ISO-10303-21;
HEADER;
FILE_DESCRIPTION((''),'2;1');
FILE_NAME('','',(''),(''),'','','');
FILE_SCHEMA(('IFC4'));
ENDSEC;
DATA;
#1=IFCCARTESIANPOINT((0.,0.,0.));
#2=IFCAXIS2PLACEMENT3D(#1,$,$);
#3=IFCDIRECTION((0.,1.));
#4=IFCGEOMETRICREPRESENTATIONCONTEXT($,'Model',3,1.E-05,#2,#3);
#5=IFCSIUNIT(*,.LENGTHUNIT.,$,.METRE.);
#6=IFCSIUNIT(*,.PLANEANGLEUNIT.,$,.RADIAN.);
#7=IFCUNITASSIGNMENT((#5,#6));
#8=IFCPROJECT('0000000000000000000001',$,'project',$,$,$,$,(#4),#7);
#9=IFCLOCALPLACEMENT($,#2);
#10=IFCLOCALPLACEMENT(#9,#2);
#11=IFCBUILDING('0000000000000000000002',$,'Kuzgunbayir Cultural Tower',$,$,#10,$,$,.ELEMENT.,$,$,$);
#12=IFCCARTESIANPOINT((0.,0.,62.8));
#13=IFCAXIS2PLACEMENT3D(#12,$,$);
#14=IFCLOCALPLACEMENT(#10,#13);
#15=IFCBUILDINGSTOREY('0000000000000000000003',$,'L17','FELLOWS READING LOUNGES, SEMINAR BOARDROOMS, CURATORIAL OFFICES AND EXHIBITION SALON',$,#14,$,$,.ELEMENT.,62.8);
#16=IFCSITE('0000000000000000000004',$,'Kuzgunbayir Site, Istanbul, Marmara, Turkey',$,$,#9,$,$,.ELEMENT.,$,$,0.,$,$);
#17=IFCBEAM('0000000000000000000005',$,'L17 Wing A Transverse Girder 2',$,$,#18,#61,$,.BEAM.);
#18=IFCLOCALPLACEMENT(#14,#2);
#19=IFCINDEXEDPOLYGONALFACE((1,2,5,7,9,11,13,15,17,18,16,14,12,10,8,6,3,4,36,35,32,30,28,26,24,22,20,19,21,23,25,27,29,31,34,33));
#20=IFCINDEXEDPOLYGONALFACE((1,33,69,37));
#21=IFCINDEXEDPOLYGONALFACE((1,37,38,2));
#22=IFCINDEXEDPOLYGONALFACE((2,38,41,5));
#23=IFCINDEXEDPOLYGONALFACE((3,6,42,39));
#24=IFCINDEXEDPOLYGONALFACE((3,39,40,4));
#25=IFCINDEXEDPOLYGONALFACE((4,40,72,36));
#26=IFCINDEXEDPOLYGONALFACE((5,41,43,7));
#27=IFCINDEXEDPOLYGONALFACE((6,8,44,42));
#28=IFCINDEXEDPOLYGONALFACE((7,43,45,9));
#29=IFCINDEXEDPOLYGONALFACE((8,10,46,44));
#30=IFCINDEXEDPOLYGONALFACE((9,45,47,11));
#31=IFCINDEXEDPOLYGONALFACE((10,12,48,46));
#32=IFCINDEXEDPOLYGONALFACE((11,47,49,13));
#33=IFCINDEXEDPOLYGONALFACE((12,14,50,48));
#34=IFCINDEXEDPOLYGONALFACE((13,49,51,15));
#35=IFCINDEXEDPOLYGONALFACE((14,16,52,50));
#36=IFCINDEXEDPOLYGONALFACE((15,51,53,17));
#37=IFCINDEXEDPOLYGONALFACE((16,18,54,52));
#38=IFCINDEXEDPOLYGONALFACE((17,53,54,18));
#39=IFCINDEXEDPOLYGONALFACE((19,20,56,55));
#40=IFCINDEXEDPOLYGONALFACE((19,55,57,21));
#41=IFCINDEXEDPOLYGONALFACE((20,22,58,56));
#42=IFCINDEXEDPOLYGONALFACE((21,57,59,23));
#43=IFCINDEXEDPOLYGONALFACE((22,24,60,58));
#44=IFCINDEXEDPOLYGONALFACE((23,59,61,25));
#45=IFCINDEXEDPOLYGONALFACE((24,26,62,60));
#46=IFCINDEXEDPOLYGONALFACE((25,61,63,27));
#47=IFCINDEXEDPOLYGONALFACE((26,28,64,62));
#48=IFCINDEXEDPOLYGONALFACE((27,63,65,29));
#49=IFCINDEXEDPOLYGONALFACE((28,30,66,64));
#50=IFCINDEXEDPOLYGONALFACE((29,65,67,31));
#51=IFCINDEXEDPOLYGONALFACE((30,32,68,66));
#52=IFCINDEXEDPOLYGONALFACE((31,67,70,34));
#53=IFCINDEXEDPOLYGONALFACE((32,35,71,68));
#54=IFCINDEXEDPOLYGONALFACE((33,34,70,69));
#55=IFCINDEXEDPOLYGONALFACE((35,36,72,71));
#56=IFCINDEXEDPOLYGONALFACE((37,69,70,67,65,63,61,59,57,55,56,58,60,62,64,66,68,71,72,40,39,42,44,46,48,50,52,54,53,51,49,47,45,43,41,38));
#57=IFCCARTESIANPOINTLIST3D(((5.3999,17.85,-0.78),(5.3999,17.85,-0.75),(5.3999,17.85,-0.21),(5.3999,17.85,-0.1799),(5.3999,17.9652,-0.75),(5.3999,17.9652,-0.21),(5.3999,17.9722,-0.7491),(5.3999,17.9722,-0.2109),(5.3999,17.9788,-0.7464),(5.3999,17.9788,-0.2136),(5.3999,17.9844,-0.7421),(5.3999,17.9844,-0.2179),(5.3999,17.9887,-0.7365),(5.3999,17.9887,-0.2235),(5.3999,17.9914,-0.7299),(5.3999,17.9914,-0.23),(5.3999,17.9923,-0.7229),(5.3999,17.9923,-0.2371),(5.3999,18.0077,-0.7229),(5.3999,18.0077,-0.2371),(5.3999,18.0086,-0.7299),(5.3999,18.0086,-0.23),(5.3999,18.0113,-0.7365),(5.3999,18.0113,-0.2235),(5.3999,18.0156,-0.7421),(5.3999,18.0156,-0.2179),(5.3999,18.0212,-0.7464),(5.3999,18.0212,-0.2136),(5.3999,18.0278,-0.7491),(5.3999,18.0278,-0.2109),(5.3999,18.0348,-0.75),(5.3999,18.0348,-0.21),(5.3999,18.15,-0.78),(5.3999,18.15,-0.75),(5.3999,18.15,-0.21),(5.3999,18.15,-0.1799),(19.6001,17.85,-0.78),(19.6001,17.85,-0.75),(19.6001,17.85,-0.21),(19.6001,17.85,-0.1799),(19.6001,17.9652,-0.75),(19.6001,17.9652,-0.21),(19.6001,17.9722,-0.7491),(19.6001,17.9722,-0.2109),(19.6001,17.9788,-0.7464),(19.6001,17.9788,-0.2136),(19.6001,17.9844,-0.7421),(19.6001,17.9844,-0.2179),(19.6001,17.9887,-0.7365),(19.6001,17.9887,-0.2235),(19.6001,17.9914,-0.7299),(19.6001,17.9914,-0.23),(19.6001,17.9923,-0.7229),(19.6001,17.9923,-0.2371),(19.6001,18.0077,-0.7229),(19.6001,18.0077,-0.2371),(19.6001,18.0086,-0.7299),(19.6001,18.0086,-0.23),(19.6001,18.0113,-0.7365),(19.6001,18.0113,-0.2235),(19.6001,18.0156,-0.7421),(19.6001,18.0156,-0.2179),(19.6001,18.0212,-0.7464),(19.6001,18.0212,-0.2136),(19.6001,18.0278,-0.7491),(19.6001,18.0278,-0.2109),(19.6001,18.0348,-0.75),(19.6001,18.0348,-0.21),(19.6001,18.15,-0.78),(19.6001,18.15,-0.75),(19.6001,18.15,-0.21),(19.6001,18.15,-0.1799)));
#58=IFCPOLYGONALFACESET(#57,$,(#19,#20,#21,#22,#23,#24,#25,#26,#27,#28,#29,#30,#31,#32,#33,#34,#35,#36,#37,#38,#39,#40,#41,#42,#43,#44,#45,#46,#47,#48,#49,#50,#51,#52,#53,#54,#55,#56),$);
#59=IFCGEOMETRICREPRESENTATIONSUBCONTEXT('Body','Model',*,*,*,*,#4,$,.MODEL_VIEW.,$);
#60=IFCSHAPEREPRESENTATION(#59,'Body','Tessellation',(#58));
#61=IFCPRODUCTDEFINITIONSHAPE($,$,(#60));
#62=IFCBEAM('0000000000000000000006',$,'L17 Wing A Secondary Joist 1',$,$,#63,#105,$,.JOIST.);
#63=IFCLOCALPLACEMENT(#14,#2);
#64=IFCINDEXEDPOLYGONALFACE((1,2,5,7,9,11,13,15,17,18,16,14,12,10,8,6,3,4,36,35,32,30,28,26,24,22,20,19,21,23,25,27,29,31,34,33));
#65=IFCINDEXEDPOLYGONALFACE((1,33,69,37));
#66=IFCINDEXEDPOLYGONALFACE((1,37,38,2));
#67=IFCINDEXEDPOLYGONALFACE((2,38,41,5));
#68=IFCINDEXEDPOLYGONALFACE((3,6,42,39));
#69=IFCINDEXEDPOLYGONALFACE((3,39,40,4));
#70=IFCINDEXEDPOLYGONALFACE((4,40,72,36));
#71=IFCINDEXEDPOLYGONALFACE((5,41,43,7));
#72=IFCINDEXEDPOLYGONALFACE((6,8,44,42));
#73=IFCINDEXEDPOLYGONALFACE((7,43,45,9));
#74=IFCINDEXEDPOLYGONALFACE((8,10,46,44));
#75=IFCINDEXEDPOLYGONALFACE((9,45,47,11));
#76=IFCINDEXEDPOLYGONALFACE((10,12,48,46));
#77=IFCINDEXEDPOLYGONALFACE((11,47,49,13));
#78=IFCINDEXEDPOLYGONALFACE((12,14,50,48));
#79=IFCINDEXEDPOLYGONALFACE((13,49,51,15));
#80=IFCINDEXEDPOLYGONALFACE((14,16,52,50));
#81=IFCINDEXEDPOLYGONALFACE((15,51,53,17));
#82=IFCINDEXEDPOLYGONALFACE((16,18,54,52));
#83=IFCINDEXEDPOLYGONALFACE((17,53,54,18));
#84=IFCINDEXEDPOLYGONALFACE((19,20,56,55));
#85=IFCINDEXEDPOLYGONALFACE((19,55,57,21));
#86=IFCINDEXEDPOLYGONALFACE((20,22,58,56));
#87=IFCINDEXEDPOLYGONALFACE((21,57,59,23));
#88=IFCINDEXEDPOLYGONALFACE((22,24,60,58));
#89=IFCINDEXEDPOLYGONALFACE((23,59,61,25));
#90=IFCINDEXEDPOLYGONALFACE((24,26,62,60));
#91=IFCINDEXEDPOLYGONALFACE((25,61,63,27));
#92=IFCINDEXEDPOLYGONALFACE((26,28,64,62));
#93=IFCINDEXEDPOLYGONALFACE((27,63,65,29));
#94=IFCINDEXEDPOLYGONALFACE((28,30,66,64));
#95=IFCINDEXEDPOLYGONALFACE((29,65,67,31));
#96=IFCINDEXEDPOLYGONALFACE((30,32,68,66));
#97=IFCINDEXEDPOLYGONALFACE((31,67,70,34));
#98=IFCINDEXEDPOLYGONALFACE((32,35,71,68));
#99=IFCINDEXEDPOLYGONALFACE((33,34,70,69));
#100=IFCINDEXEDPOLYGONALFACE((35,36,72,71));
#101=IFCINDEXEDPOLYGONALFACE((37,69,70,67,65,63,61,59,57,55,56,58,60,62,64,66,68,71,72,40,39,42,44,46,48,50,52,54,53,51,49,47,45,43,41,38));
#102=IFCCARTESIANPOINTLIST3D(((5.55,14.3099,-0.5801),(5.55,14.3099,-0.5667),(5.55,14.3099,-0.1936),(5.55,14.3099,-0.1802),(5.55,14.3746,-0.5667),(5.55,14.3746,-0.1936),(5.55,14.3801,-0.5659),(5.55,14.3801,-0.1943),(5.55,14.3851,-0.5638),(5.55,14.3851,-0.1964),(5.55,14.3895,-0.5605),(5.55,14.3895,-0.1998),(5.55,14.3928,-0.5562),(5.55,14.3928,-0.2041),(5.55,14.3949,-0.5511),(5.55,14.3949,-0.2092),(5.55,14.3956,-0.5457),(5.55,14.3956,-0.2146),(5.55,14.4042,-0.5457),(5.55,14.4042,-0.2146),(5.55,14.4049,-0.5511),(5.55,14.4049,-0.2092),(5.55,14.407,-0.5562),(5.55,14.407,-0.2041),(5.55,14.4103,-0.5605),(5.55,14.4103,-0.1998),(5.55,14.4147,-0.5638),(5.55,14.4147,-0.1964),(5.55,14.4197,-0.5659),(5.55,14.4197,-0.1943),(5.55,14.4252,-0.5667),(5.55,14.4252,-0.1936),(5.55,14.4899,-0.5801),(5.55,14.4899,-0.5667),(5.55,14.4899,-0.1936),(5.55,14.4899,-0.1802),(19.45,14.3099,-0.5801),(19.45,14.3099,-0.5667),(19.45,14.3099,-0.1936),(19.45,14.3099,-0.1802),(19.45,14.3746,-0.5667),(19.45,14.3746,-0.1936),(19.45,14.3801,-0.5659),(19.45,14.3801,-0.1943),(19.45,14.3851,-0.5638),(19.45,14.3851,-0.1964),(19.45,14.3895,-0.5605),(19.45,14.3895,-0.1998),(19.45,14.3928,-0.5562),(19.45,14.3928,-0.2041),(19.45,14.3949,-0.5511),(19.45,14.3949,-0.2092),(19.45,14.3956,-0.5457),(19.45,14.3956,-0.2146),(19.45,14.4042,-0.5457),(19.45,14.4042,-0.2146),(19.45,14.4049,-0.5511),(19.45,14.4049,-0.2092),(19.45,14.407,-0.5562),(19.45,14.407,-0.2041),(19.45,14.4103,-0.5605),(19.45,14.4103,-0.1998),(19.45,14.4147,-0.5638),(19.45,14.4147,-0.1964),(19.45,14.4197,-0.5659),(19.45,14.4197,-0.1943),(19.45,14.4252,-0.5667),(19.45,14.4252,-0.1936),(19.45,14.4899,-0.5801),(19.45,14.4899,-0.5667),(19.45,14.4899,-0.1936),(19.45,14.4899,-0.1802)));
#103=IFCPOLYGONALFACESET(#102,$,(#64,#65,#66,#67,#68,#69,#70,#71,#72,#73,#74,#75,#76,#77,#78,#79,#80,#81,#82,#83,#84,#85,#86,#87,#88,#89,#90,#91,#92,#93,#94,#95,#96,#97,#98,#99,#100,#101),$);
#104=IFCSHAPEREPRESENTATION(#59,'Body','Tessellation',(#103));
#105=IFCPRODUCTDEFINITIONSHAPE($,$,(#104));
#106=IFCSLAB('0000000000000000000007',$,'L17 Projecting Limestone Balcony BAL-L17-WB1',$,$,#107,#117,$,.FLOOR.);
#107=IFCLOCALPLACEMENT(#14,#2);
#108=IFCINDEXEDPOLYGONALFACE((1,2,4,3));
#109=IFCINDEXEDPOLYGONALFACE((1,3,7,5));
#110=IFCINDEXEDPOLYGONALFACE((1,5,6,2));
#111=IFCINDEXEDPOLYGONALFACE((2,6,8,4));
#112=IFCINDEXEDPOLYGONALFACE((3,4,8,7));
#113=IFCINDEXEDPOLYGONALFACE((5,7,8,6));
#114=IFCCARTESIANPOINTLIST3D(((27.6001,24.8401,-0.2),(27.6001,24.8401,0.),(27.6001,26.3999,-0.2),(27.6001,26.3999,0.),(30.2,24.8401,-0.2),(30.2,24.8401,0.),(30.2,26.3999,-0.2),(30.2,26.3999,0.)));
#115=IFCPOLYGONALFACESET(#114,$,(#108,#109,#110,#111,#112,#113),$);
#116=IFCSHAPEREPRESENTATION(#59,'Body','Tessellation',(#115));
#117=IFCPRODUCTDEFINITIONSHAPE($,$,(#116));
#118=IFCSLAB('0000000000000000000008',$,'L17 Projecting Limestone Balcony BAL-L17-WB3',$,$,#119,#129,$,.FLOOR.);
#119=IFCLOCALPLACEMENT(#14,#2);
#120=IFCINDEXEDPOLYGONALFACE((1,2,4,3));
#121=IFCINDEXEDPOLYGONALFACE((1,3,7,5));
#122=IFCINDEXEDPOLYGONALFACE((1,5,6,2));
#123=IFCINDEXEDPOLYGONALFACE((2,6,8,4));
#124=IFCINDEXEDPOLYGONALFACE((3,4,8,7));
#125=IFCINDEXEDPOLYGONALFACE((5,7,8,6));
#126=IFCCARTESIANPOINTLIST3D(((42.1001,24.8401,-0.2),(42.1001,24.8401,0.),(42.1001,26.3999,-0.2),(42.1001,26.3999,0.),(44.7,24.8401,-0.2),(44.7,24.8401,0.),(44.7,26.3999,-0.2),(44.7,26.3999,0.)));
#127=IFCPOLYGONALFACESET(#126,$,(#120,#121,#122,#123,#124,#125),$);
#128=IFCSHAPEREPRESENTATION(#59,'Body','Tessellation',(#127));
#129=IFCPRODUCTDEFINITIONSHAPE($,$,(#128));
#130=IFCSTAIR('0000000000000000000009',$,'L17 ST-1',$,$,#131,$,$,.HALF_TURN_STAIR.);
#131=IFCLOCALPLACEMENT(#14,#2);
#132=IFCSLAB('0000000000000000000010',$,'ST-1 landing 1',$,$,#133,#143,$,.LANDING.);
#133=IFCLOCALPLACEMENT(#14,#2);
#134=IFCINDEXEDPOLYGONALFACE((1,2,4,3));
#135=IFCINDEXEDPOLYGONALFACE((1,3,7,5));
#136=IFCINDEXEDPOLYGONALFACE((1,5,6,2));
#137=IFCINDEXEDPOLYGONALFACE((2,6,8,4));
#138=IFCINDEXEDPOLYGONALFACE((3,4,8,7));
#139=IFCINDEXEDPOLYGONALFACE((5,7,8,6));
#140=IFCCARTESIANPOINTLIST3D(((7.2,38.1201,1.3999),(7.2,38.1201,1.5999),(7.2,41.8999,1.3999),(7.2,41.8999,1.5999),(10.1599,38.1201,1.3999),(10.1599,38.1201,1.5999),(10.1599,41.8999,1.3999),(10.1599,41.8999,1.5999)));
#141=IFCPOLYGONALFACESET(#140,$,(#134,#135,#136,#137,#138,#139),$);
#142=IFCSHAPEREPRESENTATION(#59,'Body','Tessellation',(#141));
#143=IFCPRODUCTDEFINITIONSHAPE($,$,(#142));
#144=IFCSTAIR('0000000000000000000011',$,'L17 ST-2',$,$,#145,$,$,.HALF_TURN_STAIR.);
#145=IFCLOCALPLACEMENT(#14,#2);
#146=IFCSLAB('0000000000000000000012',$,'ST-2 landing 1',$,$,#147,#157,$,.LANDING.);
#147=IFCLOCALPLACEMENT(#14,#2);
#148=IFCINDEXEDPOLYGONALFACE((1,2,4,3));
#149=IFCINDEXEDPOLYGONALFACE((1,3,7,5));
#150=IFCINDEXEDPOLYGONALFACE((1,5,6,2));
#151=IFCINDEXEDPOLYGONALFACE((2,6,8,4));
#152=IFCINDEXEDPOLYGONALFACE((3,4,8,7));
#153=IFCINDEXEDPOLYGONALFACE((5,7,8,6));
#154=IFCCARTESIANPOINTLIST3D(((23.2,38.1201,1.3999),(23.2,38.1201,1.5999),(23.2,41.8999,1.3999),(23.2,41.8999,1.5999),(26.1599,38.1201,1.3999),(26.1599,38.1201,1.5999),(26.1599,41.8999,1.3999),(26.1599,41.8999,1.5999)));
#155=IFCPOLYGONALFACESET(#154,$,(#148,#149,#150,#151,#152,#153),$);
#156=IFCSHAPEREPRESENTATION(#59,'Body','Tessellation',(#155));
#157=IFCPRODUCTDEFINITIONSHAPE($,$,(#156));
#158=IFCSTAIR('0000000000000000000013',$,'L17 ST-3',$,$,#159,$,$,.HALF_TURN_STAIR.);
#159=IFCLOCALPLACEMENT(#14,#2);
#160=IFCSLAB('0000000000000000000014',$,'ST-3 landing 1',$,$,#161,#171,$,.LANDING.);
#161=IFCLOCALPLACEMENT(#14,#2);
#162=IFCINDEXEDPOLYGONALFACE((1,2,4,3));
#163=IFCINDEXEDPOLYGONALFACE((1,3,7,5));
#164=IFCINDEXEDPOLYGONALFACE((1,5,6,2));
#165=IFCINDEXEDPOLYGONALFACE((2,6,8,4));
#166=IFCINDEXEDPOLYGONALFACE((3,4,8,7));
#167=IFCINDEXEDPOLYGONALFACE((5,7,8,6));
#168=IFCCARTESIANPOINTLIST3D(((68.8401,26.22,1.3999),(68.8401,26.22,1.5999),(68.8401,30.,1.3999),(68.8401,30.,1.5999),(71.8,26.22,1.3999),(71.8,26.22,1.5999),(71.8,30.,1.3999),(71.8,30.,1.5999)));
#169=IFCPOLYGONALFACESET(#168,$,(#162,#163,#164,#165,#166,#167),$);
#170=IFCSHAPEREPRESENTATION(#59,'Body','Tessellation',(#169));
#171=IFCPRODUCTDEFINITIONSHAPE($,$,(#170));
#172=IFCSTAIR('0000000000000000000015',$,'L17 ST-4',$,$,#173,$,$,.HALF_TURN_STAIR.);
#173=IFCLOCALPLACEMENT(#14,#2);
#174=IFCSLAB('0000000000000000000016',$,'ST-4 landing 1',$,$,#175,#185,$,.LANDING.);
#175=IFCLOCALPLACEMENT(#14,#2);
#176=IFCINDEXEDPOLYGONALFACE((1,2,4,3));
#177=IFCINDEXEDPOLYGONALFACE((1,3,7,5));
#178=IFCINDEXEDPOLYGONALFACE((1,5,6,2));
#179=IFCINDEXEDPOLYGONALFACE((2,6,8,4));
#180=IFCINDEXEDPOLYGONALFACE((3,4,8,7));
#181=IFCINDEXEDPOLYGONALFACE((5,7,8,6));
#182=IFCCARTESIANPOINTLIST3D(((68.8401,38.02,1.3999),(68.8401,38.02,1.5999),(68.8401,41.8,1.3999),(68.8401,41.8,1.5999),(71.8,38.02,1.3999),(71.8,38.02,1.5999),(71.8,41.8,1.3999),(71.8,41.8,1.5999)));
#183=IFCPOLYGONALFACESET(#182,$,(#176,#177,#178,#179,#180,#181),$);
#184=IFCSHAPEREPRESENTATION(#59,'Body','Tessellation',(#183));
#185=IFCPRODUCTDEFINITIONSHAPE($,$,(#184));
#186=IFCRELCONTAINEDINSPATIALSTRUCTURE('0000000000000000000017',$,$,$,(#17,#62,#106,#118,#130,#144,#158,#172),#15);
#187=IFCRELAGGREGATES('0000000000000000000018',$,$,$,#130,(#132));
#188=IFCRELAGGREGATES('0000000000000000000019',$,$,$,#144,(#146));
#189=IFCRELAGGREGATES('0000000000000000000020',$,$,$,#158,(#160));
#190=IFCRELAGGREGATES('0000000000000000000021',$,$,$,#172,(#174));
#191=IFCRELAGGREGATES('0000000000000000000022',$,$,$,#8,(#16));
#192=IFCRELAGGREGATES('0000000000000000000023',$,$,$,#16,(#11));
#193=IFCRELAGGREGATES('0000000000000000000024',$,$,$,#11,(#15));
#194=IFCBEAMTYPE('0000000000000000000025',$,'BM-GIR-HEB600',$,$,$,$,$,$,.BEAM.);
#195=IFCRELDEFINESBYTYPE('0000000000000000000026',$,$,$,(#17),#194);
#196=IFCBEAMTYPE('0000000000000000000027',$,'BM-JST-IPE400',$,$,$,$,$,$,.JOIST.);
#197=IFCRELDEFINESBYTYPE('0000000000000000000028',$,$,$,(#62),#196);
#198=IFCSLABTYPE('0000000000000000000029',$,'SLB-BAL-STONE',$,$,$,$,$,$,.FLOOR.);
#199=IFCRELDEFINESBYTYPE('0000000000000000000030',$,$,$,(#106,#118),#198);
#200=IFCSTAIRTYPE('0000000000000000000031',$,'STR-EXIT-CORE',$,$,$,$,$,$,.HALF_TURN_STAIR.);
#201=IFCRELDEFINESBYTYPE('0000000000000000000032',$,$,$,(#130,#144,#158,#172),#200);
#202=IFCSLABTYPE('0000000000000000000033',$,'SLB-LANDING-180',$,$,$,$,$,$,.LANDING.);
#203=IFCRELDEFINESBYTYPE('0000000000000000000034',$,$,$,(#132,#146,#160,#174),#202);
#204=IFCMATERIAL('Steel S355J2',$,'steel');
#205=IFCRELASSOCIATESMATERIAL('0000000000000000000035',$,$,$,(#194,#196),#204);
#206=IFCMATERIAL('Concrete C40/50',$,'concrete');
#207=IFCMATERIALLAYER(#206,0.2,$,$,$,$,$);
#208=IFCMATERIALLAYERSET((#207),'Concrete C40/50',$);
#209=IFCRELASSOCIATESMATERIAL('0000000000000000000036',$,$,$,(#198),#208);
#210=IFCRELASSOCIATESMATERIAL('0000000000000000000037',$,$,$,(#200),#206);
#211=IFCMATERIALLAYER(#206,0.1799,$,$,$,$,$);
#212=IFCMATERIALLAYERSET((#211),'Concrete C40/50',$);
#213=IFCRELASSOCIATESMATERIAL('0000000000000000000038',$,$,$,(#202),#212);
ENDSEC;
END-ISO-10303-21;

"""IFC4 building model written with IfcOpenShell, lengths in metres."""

from ifc_helpers import new_model, si_unit, direction, frame, origin, origin_2d, place, context, subcontext, project, spatial, polyline, i_section, outline, extrude, material, layer, layer_set, material_profile, profile_set, type_object, element, aggregate, save


model = new_model("IFC4")

# Units and contexts
model_context = context("Model", 3, precision=1e-05, world=origin(), true_north=direction((0.0, 1.0)))
body_context = subcontext(model_context, "Body", "Model", "MODEL_VIEW")
ifc_project = project(units=[si_unit("LENGTHUNIT", "METRE"), si_unit("PLANEANGLEUNIT", "RADIAN")], contexts=[model_context])

# Site, building, storey
site_placement = place(None, origin())
site = spatial("IfcSite", under=ifc_project, at=site_placement, Name="Kuzgunbayir Site, Istanbul, Marmara, Turkey", CompositionType="ELEMENT", RefElevation=0.0)
building_placement = place(site_placement, origin())
building = spatial("IfcBuilding", under=site, at=building_placement, Name="Kuzgunbayir Cultural Tower", CompositionType="ELEMENT")
storey_placement = place(building_placement, frame((0.0, 0.0, 62.8)))
storey = spatial("IfcBuildingStorey", under=building, at=storey_placement, Name="L17", Description="FELLOWS READING LOUNGES, SEMINAR BOARDROOMS, CURATORIAL OFFICES AND EXHIBITION SALON", CompositionType="ELEMENT", Elevation=62.8)

# Beams
ifc_material_1 = material(Name="Steel S355J2", Category="steel")
ifc_material_profile_1 = material_profile(ifc_material_1, i_section(OverallWidth=0.3, OverallDepth=0.6001, WebThickness=0.0154, FlangeThickness=0.03, FilletRadius=0.0271, at=origin_2d()), Name="HEB 600")
ifc_profile_set_1 = profile_set([ifc_material_profile_1], Name="Steel S355J2")
beam_type_1 = type_object("IfcBeamType", Name="BM-GIR-HEB600", PredefinedType="BEAM", material=ifc_profile_set_1)
for number, where, z_axis, x_axis, name in (
    (1, (5.3999, 18.0, -0.48), (1.0, 0.0, 0.0), (0.0, 1.0, 0.0), "L17 Wing A Transverse Girder 2"),
):
    element("IfcBeam", number, at=place(storey_placement, frame(where, z_axis=z_axis, x_axis=x_axis)), inside=storey, type_object=beam_type_1, Name=name, PredefinedType="BEAM", context=body_context, shape_type="SweptSolid", body=[
        extrude(i_section(OverallWidth=0.3, OverallDepth=0.6001, WebThickness=0.0154, FlangeThickness=0.03, FilletRadius=0.0271, at=origin_2d()), origin(), (0.0, 0.0, 1.0), 14.2002),
    ])
ifc_material_profile_2 = material_profile(ifc_material_1, i_section(OverallWidth=0.1799, OverallDepth=0.3999, WebThickness=0.0085, FlangeThickness=0.0134, FilletRadius=0.021, at=origin_2d()), Name="IPE 400")
ifc_profile_set_2 = profile_set([ifc_material_profile_2], Name="Steel S355J2")
beam_type_2 = type_object("IfcBeamType", Name="BM-JST-IPE400", PredefinedType="JOIST", material=ifc_profile_set_2)
beam_placement = place(storey_placement, frame((5.55, 14.3999, -0.3801), z_axis=(1.0, 0.0, 0.0), x_axis=(0.0, 1.0, 0.0)))
element("IfcBeam", 2, at=beam_placement, inside=storey, type_object=beam_type_2, Name="L17 Wing A Secondary Joist 1", PredefinedType="JOIST", context=body_context, shape_type="SweptSolid", body=[
    extrude(i_section(OverallWidth=0.1799, OverallDepth=0.3999, WebThickness=0.0085, FlangeThickness=0.0134, FilletRadius=0.021, at=origin_2d()), origin(), (0.0, 0.0, 1.0), 13.8999),
])

# Slabs
ifc_material_2 = material(Name="Concrete C40/50", Category="concrete")
ifc_layer_1 = layer(ifc_material_2, 0.2)
ifc_layer_set_1 = layer_set([ifc_layer_1], Name="Concrete C40/50")
slab_type_1 = type_object("IfcSlabType", Name="SLB-BAL-STONE", PredefinedType="FLOOR", material=ifc_layer_set_1)
slab_1_placement = place(storey_placement, frame((0.0, 0.0, -0.2)))
element("IfcSlab", 3, at=slab_1_placement, inside=storey, type_object=slab_type_1, Name="L17 Projecting Limestone Balcony BAL-L17-WB1", PredefinedType="FLOOR", context=body_context, shape_type="SweptSolid", body=[
    extrude(outline(polyline([(27.6001, 24.8401), (30.2, 24.8401), (30.2, 26.3999), (27.6001, 26.3999), (27.6001, 24.8401)])), origin(), (0.0, 0.0, 1.0), 0.2),
])
slab_2_placement = place(storey_placement, frame((0.0, 0.0, -0.2)))
element("IfcSlab", 4, at=slab_2_placement, inside=storey, type_object=slab_type_1, Name="L17 Projecting Limestone Balcony BAL-L17-WB3", PredefinedType="FLOOR", context=body_context, shape_type="SweptSolid", body=[
    extrude(outline(polyline([(42.1001, 24.8401), (44.7, 24.8401), (44.7, 26.3999), (42.1001, 26.3999), (42.1001, 24.8401)])), origin(), (0.0, 0.0, 1.0), 0.2),
])

# Stairs, slabs
stair_type = type_object("IfcStairType", Name="STR-EXIT-CORE", PredefinedType="HALF_TURN_STAIR", material=ifc_material_2)
stair_1_placement = place(storey_placement, origin())
stair_1 = element("IfcStair", 5, at=stair_1_placement, inside=storey, type_object=stair_type, Name="L17 ST-1", PredefinedType="HALF_TURN_STAIR")
ifc_layer_2 = layer(ifc_material_2, 0.1799)
ifc_layer_set_2 = layer_set([ifc_layer_2], Name="Concrete C40/50")
slab_type_2 = type_object("IfcSlabType", Name="SLB-LANDING-180", PredefinedType="LANDING", material=ifc_layer_set_2)
slab_3_placement = place(storey_placement, frame((0.0, 0.0, 1.3999)))
slab_3 = element("IfcSlab", 6, at=slab_3_placement, type_object=slab_type_2, Name="ST-1 landing 1", PredefinedType="LANDING", context=body_context, shape_type="SweptSolid", body=[
    extrude(outline(polyline([(10.1599, 38.1201), (10.1599, 41.8999), (7.2, 41.8999), (7.2, 38.1201), (10.1599, 38.1201)])), origin(), (0.0, 0.0, 1.0), 0.2),
])
aggregate(stair_1, [slab_3])
stair_2_placement = place(storey_placement, origin())
stair_2 = element("IfcStair", 7, at=stair_2_placement, inside=storey, type_object=stair_type, Name="L17 ST-2", PredefinedType="HALF_TURN_STAIR")
slab_4_placement = place(storey_placement, frame((0.0, 0.0, 1.3999)))
slab_4 = element("IfcSlab", 8, at=slab_4_placement, type_object=slab_type_2, Name="ST-2 landing 1", PredefinedType="LANDING", context=body_context, shape_type="SweptSolid", body=[
    extrude(outline(polyline([(26.1599, 38.1201), (26.1599, 41.8999), (23.2, 41.8999), (23.2, 38.1201), (26.1599, 38.1201)])), origin(), (0.0, 0.0, 1.0), 0.2),
])
aggregate(stair_2, [slab_4])
stair_3_placement = place(storey_placement, origin())
stair_3 = element("IfcStair", 9, at=stair_3_placement, inside=storey, type_object=stair_type, Name="L17 ST-3", PredefinedType="HALF_TURN_STAIR")
slab_5_placement = place(storey_placement, frame((0.0, 0.0, 1.3999)))
slab_5 = element("IfcSlab", 10, at=slab_5_placement, type_object=slab_type_2, Name="ST-3 landing 1", PredefinedType="LANDING", context=body_context, shape_type="SweptSolid", body=[
    extrude(outline(polyline([(71.8, 26.22), (71.8, 30.0), (68.8401, 30.0), (68.8401, 26.22), (71.8, 26.22)])), origin(), (0.0, 0.0, 1.0), 0.2),
])
aggregate(stair_3, [slab_5])
stair_4_placement = place(storey_placement, origin())
stair_4 = element("IfcStair", 11, at=stair_4_placement, inside=storey, type_object=stair_type, Name="L17 ST-4", PredefinedType="HALF_TURN_STAIR")
slab_6_placement = place(storey_placement, frame((0.0, 0.0, 1.3999)))
slab_6 = element("IfcSlab", 12, at=slab_6_placement, type_object=slab_type_2, Name="ST-4 landing 1", PredefinedType="LANDING", context=body_context, shape_type="SweptSolid", body=[
    extrude(outline(polyline([(71.8, 38.02), (71.8, 41.8), (68.8401, 41.8), (68.8401, 38.02), (71.8, 38.02)])), origin(), (0.0, 0.0, 1.0), 0.2),
])
aggregate(stair_4, [slab_6])

save(model, "model.ifc")
